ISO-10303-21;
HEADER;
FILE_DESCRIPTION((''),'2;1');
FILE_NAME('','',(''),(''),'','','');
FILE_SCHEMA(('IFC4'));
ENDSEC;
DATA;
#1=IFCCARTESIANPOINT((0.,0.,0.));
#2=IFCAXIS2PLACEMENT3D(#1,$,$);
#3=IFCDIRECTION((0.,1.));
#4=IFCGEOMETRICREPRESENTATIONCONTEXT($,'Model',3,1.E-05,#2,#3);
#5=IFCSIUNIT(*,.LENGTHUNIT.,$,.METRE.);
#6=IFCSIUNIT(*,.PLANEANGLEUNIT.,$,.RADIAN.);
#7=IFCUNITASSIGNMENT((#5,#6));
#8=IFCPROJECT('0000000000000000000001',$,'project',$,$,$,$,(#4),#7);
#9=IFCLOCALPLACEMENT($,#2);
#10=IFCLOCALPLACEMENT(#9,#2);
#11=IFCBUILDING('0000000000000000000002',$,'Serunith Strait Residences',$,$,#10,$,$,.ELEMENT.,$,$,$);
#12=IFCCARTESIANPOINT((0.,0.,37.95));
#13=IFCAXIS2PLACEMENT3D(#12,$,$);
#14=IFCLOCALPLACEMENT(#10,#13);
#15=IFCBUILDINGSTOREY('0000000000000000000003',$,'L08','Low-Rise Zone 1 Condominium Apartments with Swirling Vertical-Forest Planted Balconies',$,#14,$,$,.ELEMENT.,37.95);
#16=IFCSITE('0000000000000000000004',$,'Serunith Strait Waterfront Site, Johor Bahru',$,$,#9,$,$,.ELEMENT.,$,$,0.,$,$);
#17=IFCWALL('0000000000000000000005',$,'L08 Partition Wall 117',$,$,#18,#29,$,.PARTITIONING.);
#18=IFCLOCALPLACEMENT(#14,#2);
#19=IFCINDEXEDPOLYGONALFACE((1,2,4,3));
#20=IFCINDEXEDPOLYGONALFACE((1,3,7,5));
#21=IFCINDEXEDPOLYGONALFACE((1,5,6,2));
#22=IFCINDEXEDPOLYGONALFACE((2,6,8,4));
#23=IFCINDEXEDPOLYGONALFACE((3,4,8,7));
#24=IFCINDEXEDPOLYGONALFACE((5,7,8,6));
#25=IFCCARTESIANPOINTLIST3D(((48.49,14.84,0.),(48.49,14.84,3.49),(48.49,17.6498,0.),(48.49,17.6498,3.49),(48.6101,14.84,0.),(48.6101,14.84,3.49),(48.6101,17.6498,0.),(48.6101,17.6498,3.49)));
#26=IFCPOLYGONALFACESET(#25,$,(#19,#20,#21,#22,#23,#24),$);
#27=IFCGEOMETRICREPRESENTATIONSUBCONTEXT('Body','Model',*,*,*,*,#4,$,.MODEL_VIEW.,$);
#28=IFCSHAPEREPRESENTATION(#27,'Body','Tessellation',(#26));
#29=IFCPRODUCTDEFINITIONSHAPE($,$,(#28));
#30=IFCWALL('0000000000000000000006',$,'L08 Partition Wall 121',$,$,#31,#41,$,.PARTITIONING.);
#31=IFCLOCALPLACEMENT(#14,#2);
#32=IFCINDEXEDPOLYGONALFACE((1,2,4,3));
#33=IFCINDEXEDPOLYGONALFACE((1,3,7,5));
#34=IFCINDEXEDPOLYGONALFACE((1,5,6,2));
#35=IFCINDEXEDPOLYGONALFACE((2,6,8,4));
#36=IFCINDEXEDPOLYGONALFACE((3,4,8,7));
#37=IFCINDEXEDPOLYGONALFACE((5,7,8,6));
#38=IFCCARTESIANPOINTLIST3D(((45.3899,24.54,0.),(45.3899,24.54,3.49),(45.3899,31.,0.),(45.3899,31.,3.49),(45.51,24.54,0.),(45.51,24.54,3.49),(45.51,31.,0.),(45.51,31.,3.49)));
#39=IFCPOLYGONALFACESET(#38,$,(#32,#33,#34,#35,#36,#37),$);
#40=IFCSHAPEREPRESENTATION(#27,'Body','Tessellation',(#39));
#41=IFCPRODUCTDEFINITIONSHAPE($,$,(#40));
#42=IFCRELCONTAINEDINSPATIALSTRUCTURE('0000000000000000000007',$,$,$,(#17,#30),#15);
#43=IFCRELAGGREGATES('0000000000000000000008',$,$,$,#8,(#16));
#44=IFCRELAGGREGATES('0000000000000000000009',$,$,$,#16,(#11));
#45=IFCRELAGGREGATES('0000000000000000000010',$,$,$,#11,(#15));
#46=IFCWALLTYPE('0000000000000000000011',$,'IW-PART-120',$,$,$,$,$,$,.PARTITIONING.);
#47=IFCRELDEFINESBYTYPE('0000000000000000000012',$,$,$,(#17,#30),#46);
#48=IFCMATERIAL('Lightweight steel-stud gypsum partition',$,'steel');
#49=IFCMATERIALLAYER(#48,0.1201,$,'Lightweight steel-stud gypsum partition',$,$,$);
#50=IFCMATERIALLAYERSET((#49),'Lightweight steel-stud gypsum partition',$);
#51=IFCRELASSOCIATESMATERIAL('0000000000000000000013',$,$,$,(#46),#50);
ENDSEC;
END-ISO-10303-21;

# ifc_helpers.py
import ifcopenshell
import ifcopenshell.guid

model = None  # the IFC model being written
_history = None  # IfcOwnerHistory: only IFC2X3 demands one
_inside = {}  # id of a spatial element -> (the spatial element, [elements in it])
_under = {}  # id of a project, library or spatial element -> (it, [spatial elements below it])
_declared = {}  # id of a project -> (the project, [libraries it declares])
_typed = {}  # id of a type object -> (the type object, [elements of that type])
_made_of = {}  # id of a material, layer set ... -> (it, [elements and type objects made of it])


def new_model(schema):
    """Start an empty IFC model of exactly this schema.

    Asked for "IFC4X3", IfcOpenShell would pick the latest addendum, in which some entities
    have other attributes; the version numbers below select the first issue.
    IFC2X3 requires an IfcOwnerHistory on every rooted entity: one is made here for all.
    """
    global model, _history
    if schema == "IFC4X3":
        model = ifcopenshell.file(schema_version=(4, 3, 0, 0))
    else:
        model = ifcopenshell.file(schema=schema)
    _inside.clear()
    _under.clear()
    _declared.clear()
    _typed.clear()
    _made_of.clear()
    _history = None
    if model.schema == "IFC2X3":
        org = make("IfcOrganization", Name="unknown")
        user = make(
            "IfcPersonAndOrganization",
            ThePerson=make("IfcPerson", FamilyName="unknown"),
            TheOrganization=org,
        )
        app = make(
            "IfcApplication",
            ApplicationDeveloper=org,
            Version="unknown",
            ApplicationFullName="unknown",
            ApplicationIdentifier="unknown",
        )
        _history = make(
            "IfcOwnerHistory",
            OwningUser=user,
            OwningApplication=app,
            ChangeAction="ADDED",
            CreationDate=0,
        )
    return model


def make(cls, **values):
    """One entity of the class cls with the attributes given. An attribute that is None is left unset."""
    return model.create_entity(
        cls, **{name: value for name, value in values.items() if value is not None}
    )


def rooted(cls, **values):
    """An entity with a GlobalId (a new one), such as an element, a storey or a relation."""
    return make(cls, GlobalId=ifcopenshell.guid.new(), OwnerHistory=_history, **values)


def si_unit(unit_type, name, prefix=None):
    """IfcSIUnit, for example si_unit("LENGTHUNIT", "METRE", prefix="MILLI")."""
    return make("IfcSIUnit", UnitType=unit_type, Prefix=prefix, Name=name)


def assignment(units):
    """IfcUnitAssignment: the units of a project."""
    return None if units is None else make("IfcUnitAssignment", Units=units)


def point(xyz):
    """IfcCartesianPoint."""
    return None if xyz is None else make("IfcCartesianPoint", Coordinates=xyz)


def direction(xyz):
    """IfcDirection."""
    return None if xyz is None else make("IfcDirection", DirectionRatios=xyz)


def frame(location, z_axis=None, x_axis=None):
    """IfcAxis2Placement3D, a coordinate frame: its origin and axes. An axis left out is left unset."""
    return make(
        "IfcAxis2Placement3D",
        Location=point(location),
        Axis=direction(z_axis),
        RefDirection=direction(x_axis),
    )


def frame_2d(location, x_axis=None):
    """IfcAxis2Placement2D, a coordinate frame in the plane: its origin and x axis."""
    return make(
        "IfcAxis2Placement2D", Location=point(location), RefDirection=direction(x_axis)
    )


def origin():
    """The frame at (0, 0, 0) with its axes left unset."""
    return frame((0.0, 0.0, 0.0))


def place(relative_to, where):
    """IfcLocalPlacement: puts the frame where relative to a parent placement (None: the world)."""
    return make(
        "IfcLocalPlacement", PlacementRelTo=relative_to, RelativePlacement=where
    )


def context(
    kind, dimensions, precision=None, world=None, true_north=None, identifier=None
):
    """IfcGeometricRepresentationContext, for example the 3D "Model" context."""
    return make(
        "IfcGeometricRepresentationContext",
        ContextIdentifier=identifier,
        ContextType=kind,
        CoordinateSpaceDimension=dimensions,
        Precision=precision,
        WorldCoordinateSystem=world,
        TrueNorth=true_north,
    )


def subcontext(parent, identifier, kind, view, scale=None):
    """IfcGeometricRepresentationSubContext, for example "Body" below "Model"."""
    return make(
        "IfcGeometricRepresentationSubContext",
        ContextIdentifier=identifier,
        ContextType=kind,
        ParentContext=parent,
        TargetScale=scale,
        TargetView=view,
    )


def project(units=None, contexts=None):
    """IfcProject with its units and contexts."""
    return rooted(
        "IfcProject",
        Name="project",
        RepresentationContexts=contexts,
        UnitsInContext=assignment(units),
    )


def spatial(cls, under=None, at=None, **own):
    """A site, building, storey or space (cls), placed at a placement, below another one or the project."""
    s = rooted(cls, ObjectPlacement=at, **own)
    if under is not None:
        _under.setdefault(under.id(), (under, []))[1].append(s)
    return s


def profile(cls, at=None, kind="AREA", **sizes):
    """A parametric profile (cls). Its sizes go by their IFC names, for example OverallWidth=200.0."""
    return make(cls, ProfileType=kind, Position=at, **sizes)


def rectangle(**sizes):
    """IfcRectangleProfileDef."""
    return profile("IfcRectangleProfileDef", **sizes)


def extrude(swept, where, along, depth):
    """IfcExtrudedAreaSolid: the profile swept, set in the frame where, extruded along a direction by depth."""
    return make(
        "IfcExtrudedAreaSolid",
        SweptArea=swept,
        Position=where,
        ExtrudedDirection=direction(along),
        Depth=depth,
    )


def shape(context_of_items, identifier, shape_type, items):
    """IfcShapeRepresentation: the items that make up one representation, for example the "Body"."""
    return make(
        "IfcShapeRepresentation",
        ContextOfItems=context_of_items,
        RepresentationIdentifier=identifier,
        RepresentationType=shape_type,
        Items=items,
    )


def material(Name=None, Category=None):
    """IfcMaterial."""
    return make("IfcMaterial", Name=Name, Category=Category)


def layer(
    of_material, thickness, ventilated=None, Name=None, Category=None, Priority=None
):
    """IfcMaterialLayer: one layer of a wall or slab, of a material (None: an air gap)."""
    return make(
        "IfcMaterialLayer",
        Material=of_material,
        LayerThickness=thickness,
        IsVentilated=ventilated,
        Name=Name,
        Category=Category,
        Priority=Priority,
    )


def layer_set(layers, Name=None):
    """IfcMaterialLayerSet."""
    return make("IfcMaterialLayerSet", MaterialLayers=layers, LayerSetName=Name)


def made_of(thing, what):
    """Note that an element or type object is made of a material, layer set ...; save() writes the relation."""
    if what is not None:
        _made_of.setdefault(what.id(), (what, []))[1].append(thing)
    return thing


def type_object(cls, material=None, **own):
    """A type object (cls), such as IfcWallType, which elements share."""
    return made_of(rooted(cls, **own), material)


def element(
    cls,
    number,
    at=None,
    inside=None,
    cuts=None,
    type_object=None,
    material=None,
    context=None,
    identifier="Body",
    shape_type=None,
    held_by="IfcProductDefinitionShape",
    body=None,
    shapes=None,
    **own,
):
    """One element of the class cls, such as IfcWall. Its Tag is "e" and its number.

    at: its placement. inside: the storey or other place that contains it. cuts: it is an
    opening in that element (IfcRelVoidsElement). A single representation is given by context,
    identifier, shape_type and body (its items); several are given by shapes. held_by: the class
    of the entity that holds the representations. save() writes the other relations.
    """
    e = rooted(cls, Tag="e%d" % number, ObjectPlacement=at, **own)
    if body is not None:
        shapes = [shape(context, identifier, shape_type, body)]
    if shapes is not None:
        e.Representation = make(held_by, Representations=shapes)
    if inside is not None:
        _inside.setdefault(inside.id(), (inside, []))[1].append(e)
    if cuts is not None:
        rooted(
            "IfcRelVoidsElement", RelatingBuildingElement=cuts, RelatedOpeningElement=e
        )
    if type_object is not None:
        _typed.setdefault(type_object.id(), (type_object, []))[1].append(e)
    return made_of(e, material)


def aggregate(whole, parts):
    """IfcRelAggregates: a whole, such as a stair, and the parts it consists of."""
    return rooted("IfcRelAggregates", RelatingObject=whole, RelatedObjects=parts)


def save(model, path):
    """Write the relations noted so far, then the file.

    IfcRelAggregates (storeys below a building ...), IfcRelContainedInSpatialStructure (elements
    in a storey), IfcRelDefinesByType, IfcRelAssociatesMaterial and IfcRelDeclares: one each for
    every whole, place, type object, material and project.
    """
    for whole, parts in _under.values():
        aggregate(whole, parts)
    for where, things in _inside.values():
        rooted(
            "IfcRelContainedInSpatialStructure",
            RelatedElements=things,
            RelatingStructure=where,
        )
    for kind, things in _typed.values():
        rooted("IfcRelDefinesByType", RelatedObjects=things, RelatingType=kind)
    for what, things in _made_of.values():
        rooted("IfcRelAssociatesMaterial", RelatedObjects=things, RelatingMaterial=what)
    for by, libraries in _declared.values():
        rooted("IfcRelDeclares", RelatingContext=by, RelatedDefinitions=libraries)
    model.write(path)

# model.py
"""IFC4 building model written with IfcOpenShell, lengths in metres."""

from ifc_helpers import new_model, si_unit, direction, frame, frame_2d, origin, place, context, subcontext, project, spatial, rectangle, extrude, material, layer, layer_set, type_object, element, save


model = new_model("IFC4")

# Units and contexts
model_context = context("Model", 3, precision=1e-05, world=origin(), true_north=direction((0.0, 1.0)))
body_context = subcontext(model_context, "Body", "Model", "MODEL_VIEW")
ifc_project = project(units=[si_unit("LENGTHUNIT", "METRE"), si_unit("PLANEANGLEUNIT", "RADIAN")], contexts=[model_context])

# Site, building, storey
site_placement = place(None, origin())
site = spatial("IfcSite", under=ifc_project, at=site_placement, Name="Serunith Strait Waterfront Site, Johor Bahru", CompositionType="ELEMENT", RefElevation=0.0)
building_placement = place(site_placement, origin())
building = spatial("IfcBuilding", under=site, at=building_placement, Name="Serunith Strait Residences", CompositionType="ELEMENT")
storey_placement = place(building_placement, frame((0.0, 0.0, 37.95)))
storey = spatial("IfcBuildingStorey", under=building, at=storey_placement, Name="L08", Description="Low-Rise Zone 1 Condominium Apartments with Swirling Vertical-Forest Planted Balconies", CompositionType="ELEMENT", Elevation=37.95)

# Shared definitions
ifc_material_1 = material(Name="Lightweight steel-stud gypsum partition", Category="steel")
ifc_layer = layer(ifc_material_1, 0.1201, Name="Lightweight steel-stud gypsum partition")
ifc_layer_set = layer_set([ifc_layer], Name="Lightweight steel-stud gypsum partition")
wall_type = type_object("IfcWallType", Name="IW-PART-120", PredefinedType="PARTITIONING", material=ifc_layer_set)

# Walls
for number, where, z_axis, x_axis, name in (
    (1, (48.55, 14.8401, 0.0), (0.0, 0.0, 1.0), (0.0, 1.0, 0.0), "L08 Partition Wall 117"),
):
    element("IfcWall", number, at=place(storey_placement, frame(where, z_axis=z_axis, x_axis=x_axis)), inside=storey, type_object=wall_type, Name=name, PredefinedType="PARTITIONING", context=body_context, shape_type="SweptSolid", body=[
        extrude(rectangle(XDim=2.8098, YDim=0.1201, at=frame_2d((1.4048, 0.0))), origin(), (0.0, 0.0, 1.0), 3.49),
    ])
wall_1_placement = place(storey_placement, frame((45.45, 24.54, 0.0), z_axis=(0.0, 0.0, 1.0), x_axis=(0.0, 1.0, 0.0)))
element("IfcWall", 2, at=wall_1_placement, inside=storey, type_object=wall_type, Name="L08 Partition Wall 121", PredefinedType="PARTITIONING", context=body_context, shape_type="SweptSolid", body=[
    extrude(rectangle(XDim=6.46, YDim=0.1201, at=frame_2d((3.23, 0.0))), origin(), (0.0, 0.0, 1.0), 3.49),
])

save(model, "model.ifc")
